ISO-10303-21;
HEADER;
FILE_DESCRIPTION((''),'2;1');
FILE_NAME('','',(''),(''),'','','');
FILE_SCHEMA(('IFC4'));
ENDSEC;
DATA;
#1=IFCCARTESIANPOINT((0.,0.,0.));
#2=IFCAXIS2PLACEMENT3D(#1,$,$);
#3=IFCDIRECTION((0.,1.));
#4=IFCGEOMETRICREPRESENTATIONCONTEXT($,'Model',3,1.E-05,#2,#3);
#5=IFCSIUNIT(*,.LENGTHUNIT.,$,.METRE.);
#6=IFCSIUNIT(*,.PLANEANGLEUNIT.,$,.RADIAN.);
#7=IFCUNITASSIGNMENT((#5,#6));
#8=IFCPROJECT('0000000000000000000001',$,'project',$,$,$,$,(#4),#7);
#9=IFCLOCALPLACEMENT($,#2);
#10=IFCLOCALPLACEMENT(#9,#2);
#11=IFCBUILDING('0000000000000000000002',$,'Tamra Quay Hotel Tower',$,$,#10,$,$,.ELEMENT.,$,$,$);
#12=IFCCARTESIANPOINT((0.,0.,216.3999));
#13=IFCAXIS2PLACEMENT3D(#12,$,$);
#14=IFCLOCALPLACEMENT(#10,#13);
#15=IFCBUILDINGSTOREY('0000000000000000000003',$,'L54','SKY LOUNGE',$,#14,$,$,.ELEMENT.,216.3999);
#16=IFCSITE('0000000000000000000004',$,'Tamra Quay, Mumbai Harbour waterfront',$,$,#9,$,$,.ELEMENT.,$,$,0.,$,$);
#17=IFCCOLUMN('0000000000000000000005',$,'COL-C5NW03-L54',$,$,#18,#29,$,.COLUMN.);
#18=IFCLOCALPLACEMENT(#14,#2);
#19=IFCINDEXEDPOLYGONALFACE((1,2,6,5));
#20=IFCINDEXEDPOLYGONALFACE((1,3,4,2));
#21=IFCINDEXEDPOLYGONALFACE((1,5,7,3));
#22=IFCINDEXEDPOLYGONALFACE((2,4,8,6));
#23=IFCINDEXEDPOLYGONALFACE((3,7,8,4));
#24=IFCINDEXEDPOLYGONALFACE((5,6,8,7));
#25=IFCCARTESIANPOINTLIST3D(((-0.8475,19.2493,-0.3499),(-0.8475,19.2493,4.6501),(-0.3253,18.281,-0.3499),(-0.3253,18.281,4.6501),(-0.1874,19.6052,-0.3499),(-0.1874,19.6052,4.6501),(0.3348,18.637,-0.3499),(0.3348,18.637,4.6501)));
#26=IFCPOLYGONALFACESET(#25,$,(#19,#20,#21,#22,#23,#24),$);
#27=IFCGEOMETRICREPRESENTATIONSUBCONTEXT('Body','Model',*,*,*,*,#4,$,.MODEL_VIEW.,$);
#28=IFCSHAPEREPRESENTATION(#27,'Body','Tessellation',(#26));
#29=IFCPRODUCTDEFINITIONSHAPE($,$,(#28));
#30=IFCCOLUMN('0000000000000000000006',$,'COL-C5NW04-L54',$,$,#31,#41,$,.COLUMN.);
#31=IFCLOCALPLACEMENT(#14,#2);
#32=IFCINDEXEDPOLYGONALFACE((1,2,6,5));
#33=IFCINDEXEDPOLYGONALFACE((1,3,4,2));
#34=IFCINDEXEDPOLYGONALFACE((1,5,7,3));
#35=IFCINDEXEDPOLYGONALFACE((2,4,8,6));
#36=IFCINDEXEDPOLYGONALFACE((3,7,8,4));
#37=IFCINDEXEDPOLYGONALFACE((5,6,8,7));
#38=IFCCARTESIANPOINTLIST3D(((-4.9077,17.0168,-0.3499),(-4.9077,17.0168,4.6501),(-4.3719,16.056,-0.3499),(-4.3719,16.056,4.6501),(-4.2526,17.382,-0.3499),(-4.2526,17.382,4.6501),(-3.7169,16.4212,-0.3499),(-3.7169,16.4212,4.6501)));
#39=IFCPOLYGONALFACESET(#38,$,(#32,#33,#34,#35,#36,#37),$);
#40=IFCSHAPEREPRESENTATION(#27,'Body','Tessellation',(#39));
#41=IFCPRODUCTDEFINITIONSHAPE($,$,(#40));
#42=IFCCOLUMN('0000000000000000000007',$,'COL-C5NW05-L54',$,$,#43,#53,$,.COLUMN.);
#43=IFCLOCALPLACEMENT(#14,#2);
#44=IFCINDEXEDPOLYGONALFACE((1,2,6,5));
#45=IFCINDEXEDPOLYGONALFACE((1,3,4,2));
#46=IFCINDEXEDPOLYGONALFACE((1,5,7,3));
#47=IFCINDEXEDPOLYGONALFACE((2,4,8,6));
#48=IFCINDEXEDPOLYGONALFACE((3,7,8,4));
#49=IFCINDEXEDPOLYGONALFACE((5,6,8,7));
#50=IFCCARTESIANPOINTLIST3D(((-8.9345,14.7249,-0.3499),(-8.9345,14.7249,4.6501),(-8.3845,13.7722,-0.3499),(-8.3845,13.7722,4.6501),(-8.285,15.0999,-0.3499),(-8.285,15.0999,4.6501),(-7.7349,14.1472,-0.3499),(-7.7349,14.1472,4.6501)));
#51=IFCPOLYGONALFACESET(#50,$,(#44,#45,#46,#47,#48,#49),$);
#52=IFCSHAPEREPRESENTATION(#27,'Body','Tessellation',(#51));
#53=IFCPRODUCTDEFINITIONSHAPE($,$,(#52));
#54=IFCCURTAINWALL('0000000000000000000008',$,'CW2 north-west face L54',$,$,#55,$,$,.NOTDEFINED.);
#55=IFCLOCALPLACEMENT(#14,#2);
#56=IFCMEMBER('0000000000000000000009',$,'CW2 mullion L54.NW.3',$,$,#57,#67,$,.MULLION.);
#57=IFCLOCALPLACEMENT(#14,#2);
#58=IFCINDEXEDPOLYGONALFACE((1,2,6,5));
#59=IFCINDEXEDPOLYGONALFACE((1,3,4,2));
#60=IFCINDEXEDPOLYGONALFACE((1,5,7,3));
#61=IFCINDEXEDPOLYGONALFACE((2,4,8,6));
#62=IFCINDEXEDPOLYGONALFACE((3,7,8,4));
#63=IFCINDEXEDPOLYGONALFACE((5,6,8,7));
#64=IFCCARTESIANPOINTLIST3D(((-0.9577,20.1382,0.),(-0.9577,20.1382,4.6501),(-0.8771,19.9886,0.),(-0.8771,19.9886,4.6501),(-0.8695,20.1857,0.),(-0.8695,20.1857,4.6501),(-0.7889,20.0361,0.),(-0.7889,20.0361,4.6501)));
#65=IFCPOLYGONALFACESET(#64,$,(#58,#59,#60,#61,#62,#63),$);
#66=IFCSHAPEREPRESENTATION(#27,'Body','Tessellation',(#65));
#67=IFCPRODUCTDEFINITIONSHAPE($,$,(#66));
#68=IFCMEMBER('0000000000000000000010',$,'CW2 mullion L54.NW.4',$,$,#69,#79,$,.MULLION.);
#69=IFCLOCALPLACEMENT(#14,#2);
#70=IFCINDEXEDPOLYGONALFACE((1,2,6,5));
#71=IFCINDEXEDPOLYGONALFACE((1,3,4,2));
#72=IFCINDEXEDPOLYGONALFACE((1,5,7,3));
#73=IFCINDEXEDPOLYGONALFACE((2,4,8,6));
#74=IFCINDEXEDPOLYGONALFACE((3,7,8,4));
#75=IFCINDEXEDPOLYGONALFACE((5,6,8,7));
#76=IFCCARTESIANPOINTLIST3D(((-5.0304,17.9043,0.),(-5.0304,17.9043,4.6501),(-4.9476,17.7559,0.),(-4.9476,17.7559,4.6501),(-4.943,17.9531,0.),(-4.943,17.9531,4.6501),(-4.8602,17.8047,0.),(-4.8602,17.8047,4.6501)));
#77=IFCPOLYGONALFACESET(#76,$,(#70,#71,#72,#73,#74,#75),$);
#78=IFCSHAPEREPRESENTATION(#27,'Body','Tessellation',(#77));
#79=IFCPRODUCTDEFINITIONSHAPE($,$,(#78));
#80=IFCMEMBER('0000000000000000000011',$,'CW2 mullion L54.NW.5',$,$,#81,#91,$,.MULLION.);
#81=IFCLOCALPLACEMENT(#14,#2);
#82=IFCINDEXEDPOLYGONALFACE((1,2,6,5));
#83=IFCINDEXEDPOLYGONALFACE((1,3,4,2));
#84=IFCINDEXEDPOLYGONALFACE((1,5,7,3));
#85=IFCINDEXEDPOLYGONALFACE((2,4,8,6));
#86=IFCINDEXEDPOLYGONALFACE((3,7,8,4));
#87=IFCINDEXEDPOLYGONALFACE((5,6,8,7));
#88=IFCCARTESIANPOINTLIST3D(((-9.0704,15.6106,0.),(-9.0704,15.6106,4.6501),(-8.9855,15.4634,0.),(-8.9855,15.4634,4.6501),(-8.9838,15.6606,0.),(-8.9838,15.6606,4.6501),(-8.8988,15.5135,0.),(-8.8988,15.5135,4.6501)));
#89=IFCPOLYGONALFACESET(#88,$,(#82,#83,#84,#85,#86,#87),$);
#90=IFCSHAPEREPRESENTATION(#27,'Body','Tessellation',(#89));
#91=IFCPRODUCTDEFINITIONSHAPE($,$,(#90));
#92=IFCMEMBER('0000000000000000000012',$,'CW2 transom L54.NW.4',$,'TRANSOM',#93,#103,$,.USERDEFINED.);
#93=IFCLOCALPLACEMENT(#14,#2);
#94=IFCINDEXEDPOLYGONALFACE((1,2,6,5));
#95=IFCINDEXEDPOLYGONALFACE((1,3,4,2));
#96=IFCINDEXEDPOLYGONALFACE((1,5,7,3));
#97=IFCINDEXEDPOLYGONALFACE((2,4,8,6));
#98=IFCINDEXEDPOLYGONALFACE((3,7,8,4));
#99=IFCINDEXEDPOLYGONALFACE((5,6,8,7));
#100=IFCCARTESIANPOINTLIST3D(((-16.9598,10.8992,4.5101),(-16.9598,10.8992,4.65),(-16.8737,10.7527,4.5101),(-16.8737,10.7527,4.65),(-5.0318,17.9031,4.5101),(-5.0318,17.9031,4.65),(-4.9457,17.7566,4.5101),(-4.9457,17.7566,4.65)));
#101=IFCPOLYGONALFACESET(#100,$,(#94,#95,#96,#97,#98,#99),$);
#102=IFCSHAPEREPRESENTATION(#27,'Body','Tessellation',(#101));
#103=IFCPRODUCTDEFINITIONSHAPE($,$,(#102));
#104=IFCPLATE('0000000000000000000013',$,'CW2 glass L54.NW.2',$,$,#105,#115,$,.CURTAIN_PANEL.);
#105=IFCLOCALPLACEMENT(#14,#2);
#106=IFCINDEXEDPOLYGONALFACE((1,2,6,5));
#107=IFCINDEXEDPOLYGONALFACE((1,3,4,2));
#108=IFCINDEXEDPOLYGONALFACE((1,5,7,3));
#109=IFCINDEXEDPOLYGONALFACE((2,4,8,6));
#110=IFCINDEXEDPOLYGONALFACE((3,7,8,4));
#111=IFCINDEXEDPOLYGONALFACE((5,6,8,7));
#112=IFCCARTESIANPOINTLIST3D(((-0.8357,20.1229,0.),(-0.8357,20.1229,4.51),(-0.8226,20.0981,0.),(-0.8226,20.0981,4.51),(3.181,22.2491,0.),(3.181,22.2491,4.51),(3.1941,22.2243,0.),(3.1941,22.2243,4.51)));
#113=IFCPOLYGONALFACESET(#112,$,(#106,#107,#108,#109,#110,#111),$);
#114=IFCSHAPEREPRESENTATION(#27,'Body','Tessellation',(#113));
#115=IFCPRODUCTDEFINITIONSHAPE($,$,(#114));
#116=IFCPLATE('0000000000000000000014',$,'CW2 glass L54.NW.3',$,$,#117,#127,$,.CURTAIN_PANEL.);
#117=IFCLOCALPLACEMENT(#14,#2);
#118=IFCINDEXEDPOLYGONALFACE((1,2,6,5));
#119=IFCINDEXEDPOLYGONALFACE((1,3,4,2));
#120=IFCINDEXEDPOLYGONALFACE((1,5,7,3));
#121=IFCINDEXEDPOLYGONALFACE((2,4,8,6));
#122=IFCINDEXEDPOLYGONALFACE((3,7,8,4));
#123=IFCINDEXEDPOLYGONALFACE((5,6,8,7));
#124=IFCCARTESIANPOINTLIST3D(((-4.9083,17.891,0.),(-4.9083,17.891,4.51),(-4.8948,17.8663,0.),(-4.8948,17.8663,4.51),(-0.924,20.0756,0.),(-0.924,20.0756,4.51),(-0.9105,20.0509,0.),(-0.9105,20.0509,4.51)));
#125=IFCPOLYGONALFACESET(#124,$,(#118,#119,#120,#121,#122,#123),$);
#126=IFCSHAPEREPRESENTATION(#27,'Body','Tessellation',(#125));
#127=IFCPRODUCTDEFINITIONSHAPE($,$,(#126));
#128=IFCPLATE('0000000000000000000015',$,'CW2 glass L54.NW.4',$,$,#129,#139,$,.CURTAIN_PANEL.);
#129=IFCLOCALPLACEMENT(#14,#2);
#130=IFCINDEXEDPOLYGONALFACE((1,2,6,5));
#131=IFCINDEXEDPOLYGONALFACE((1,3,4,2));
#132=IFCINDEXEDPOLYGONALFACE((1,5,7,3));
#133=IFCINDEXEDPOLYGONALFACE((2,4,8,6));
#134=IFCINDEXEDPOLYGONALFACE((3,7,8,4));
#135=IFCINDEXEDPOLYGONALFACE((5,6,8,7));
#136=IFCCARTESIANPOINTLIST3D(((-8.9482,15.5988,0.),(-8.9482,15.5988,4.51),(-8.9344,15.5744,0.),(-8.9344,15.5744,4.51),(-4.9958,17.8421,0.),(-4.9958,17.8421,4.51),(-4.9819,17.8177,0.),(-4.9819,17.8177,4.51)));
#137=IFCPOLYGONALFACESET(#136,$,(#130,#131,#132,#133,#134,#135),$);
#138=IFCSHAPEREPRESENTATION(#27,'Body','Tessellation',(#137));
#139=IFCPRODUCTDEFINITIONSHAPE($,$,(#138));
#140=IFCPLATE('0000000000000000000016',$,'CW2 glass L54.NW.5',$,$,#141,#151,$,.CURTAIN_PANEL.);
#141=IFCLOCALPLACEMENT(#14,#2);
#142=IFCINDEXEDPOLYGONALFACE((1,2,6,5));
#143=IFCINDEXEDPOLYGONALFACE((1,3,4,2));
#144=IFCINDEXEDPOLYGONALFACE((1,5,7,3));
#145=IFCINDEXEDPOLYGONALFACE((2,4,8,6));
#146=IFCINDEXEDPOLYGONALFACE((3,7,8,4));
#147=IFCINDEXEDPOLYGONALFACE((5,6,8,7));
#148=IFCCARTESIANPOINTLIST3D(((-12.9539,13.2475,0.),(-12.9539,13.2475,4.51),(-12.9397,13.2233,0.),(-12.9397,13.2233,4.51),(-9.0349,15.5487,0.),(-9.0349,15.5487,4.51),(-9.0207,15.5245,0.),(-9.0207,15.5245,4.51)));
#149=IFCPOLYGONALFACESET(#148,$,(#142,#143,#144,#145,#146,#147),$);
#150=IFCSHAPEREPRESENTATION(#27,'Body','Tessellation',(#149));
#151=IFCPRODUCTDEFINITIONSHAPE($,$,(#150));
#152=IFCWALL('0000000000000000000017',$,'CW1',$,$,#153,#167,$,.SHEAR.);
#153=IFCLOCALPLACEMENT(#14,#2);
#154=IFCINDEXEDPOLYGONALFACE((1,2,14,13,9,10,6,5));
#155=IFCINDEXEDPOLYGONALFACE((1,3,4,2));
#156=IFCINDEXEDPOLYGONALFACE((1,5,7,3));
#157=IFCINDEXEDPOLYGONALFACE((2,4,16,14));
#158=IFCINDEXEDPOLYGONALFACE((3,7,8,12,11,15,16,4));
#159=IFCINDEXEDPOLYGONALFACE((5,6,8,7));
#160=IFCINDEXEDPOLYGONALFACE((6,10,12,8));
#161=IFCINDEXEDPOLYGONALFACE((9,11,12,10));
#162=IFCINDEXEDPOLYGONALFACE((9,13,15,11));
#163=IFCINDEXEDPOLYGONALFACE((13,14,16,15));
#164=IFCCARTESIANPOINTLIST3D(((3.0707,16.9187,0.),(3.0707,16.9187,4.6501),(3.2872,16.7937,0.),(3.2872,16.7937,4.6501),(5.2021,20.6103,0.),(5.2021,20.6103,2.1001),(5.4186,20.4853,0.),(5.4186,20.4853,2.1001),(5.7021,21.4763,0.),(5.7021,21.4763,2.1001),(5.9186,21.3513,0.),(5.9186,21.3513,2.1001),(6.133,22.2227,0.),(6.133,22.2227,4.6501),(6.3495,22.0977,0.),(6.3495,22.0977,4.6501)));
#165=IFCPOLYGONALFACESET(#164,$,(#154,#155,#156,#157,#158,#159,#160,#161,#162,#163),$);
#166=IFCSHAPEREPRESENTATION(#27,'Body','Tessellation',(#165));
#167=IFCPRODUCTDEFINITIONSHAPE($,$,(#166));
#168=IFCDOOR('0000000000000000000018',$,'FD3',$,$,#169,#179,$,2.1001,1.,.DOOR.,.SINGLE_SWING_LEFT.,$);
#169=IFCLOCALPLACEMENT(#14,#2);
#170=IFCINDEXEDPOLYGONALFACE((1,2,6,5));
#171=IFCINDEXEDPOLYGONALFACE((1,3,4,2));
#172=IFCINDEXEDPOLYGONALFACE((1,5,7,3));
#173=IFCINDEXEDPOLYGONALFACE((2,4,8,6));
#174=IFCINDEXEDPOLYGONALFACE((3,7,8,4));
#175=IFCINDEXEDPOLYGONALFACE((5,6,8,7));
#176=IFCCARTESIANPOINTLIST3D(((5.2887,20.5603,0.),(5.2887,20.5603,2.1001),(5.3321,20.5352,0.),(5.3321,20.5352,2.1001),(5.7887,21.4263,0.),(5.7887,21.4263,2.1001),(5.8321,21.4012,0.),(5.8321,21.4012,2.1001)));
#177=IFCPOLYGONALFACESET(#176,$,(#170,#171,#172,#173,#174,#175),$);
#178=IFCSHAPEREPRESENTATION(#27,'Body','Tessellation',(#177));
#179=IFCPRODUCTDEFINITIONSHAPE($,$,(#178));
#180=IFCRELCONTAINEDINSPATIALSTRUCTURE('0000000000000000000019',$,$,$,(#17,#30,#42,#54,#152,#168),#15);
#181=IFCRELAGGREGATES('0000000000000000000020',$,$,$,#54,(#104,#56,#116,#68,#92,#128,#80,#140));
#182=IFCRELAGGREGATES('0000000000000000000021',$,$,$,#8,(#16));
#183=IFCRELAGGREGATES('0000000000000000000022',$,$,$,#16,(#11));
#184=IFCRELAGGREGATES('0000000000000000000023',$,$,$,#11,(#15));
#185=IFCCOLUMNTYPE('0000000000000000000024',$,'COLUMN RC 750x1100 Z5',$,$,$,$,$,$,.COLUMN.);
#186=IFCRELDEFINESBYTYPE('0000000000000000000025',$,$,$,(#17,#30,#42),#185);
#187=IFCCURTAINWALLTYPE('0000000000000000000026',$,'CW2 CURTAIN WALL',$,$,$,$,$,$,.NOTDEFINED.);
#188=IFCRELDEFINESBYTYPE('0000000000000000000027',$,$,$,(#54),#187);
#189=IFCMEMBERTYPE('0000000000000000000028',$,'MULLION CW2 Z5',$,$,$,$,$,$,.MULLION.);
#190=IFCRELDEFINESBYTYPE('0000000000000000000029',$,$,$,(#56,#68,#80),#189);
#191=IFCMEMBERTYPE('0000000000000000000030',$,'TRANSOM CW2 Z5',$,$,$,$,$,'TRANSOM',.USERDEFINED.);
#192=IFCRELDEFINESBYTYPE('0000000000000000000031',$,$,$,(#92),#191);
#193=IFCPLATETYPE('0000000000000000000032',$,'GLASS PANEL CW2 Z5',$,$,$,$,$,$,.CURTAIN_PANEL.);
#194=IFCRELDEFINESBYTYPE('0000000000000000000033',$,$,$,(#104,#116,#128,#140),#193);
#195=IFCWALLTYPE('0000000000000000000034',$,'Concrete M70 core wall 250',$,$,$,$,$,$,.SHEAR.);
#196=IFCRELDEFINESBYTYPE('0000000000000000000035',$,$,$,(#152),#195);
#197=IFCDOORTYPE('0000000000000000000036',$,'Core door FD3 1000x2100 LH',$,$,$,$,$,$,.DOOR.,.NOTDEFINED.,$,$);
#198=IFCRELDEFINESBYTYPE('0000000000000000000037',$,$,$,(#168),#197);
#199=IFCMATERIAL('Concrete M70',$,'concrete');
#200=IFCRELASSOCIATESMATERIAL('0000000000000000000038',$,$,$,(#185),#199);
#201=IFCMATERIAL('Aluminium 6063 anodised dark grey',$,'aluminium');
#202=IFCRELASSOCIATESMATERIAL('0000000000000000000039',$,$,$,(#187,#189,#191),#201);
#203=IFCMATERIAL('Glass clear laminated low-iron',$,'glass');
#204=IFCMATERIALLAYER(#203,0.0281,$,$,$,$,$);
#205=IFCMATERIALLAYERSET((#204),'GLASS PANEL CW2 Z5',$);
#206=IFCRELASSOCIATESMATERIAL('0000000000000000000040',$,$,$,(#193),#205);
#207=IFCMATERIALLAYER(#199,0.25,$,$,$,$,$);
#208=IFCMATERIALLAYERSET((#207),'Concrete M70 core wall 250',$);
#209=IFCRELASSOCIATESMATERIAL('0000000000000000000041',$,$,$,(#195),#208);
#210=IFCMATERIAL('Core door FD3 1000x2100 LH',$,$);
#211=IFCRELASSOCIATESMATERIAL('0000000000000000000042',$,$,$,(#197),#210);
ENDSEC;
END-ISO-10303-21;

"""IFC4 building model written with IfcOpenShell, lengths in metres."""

from ifc_helpers import new_model, si_unit, direction, frame, frame_2d, origin, origin_2d, place, context, subcontext, project, spatial, rectangle, extrude, material, layer, layer_set, material_profile, profile_set, type_object, element, fill, aggregate, save


model = new_model("IFC4")

# Units and contexts
model_context = context("Model", 3, precision=1e-05, world=origin(), true_north=direction((0.0, 1.0)))
body_context = subcontext(model_context, "Body", "Model", "MODEL_VIEW")
ifc_project = project(units=[si_unit("LENGTHUNIT", "METRE"), si_unit("PLANEANGLEUNIT", "RADIAN")], contexts=[model_context])

# Site, building, storey
site_placement = place(None, origin())
site = spatial("IfcSite", under=ifc_project, at=site_placement, Name="Tamra Quay, Mumbai Harbour waterfront", CompositionType="ELEMENT", RefElevation=0.0)
building_placement = place(site_placement, origin())
building = spatial("IfcBuilding", under=site, at=building_placement, Name="Tamra Quay Hotel Tower", CompositionType="ELEMENT")
storey_placement = place(building_placement, frame((0.0, 0.0, 216.3999)))
storey = spatial("IfcBuildingStorey", under=building, at=storey_placement, Name="L54", Description="SKY LOUNGE", CompositionType="ELEMENT", Elevation=216.3999)

# Columns
ifc_material_1 = material(Name="Concrete M70", Category="concrete")
ifc_material_profile_1 = material_profile(ifc_material_1, rectangle(XDim=1.1001, YDim=0.75, at=origin_2d()), Name="COLUMN RC 750x1100 Z5")
ifc_profile_set_1 = profile_set([ifc_material_profile_1], Name="Concrete M70")
column_type = type_object("IfcColumnType", Name="COLUMN RC 750x1100 Z5", PredefinedType="COLUMN", material=ifc_profile_set_1)
for number, where, z_axis, x_axis, name in (
    (1, (-0.2563, 18.9431, -0.3499), (0.0, 0.0, 1.0), (-0.474651, 0.880174, 0.0), "COL-C5NW03-L54"),
    (2, (-4.3123, 16.719, -0.3499), (0.0, 0.0, 1.0), (-0.486989, 0.873408, 0.0), "COL-C5NW04-L54"),
    (3, (-8.3347, 14.436, -0.3499), (0.0, 0.0, 1.0), (-0.5, 0.866025, 0.0), "COL-C5NW05-L54"),
):
    element("IfcColumn", number, at=place(storey_placement, frame(where, z_axis=z_axis, x_axis=x_axis)), inside=storey, type_object=column_type, Name=name, PredefinedType="COLUMN", context=body_context, shape_type="SweptSolid", body=[
        extrude(rectangle(XDim=1.1001, YDim=0.75, at=origin_2d()), origin(), (0.0, 0.0, 1.0), 5.0),
    ])

# Curtain wall, members, plates
ifc_material_2 = material(Name="Aluminium 6063 anodised dark grey", Category="aluminium")
curtain_wall_type = type_object("IfcCurtainWallType", Name="CW2 CURTAIN WALL", PredefinedType="NOTDEFINED", material=ifc_material_2)
curtain_wall_placement = place(storey_placement, origin())
curtain_wall = element("IfcCurtainWall", 4, at=curtain_wall_placement, inside=storey, type_object=curtain_wall_type, Name="CW2 north-west face L54", PredefinedType="NOTDEFINED")
ifc_material_profile_2 = material_profile(ifc_material_2, rectangle(XDim=0.1699, YDim=0.1001, at=origin_2d()), Name="MULLION 100X170")
ifc_profile_set_2 = profile_set([ifc_material_profile_2], Name="Aluminium 6063 anodised dark grey")
member_type_1 = type_object("IfcMemberType", Name="MULLION CW2 Z5", PredefinedType="MULLION", material=ifc_profile_set_2)
member_1_placement = place(storey_placement, frame((-0.8733, 20.0872, 0.0), z_axis=(0.0, 0.0, 1.0), x_axis=(-0.474319, 0.880353, 0.0)))
member_1 = element("IfcMember", 5, at=member_1_placement, type_object=member_type_1, Name="CW2 mullion L54.NW.3", PredefinedType="MULLION", context=body_context, shape_type="SweptSolid", body=[
    extrude(rectangle(XDim=0.1699, YDim=0.1001, at=origin_2d()), origin(), (0.0, 0.0, 1.0), 4.6501),
])
member_2_placement = place(storey_placement, frame((-4.9453, 17.8545, 0.0), z_axis=(0.0, 0.0, 1.0), x_axis=(-0.487204, 0.873288, 0.0)))
member_2 = element("IfcMember", 6, at=member_2_placement, type_object=member_type_1, Name="CW2 mullion L54.NW.4", PredefinedType="MULLION", context=body_context, shape_type="SweptSolid", body=[
    extrude(rectangle(XDim=0.1699, YDim=0.1001, at=origin_2d()), origin(), (0.0, 0.0, 1.0), 4.6501),
])
member_3_placement = place(storey_placement, frame((-8.9846, 15.562, 0.0), z_axis=(0.0, 0.0, 1.0), x_axis=(-0.5, 0.866025, 0.0)))
member_3 = element("IfcMember", 7, at=member_3_placement, type_object=member_type_1, Name="CW2 mullion L54.NW.5", PredefinedType="MULLION", context=body_context, shape_type="SweptSolid", body=[
    extrude(rectangle(XDim=0.1699, YDim=0.1001, at=origin_2d()), origin(), (0.0, 0.0, 1.0), 4.6501),
])
ifc_material_profile_3 = material_profile(ifc_material_2, rectangle(XDim=0.1699, YDim=0.1399, at=origin_2d()), Name="TRANSOM 170X140")
ifc_profile_set_3 = profile_set([ifc_material_profile_3], Name="Aluminium 6063 anodised dark grey")
member_type_2 = type_object("IfcMemberType", Name="TRANSOM CW2 Z5", ElementType="TRANSOM", PredefinedType="USERDEFINED", material=ifc_profile_set_3)
member_4_placement = place(storey_placement, frame((-4.9888, 17.8298, 4.5801), z_axis=(-0.862331, -0.506346, 0.0), x_axis=(0.506346, -0.862331, 0.0)))
member_4 = element("IfcMember", 8, at=member_4_placement, type_object=member_type_2, Name="CW2 transom L54.NW.4", ObjectType="TRANSOM", PredefinedType="USERDEFINED", context=body_context, shape_type="SweptSolid", body=[
    extrude(rectangle(XDim=0.1699, YDim=0.1399, at=origin_2d()), origin(), (0.0, 0.0, 1.0), 13.8323),
])
ifc_material_3 = material(Name="Glass clear laminated low-iron", Category="glass")
ifc_layer_1 = layer(ifc_material_3, 0.0281)
ifc_layer_set_1 = layer_set([ifc_layer_1], Name="GLASS PANEL CW2 Z5")
plate_type = type_object("IfcPlateType", Name="GLASS PANEL CW2 Z5", PredefinedType="CURTAIN_PANEL", material=ifc_layer_set_1)
plate_1_placement = place(storey_placement, frame((1.1792, 21.1736, 0.0), z_axis=(0.0, 0.0, 1.0), x_axis=(-0.883813, -0.46784, 0.0)))
plate_1 = element("IfcPlate", 9, at=plate_1_placement, type_object=plate_type, Name="CW2 glass L54.NW.2", PredefinedType="CURTAIN_PANEL", context=body_context, shape_type="SweptSolid", body=[
    extrude(rectangle(XDim=4.5447, YDim=0.0281, at=origin_2d()), origin(), (0.0, 0.0, 1.0), 4.51),
])
plate_2_placement = place(storey_placement, frame((-2.9094, 18.9709, 0.0), z_axis=(0.0, 0.0, 1.0), x_axis=(-0.876846, -0.480771, 0.0)))
plate_2 = element("IfcPlate", 10, at=plate_2_placement, type_object=plate_type, Name="CW2 glass L54.NW.3", PredefinedType="CURTAIN_PANEL", context=body_context, shape_type="SweptSolid", body=[
    extrude(rectangle(XDim=4.5439, YDim=0.0281, at=origin_2d()), origin(), (0.0, 0.0, 1.0), 4.51),
])
plate_3_placement = place(storey_placement, frame((-6.9651, 16.7083, 0.0), z_axis=(0.0, 0.0, 1.0), x_axis=(-0.869683, -0.493611, 0.0)))
plate_3 = element("IfcPlate", 11, at=plate_3_placement, type_object=plate_type, Name="CW2 glass L54.NW.4", PredefinedType="CURTAIN_PANEL", context=body_context, shape_type="SweptSolid", body=[
    extrude(rectangle(XDim=4.5447, YDim=0.0281, at=origin_2d()), origin(), (0.0, 0.0, 1.0), 4.51),
])
plate_4_placement = place(storey_placement, frame((-10.9873, 14.386, 0.0), z_axis=(0.0, 0.0, 1.0), x_axis=(-0.862321, -0.506362, 0.0)))
plate_4 = element("IfcPlate", 12, at=plate_4_placement, type_object=plate_type, Name="CW2 glass L54.NW.5", PredefinedType="CURTAIN_PANEL", context=body_context, shape_type="SweptSolid", body=[
    extrude(rectangle(XDim=4.5447, YDim=0.0281, at=origin_2d()), origin(), (0.0, 0.0, 1.0), 4.51),
])
aggregate(curtain_wall, [plate_1, member_1, plate_2, member_2, member_4, plate_3, member_3, plate_4])

# Wall, opening, door
ifc_layer_2 = layer(ifc_material_1, 0.25)
ifc_layer_set_2 = layer_set([ifc_layer_2], Name="Concrete M70 core wall 250")
wall_type_1 = type_object("IfcWallType", Name="Concrete M70 core wall 250", PredefinedType="SHEAR", material=ifc_layer_set_2)
wall_1_placement = place(storey_placement, frame((3.179, 16.8562, 0.0), z_axis=(0.0, 0.0, 1.0), x_axis=(0.500002, 0.866024, 0.0)))
wall_1 = element("IfcWall", 13, at=wall_1_placement, inside=storey, type_object=wall_type_1, Name="CW1", PredefinedType="SHEAR", context=body_context, shape_type="SweptSolid", body=[
    extrude(rectangle(XDim=6.1245, YDim=0.25, at=frame_2d((3.0623, 0.0))), origin(), (0.0, 0.0, 1.0), 4.6501),
])
opening_placement = place(wall_1_placement, frame((4.2627, 0.0, 0.0)))
opening = element("IfcOpeningElement", 14, at=opening_placement, cuts=wall_1, PredefinedType="OPENING", context=body_context, shape_type="SweptSolid", body=[
    extrude(rectangle(XDim=1.0, YDim=2.1001, at=frame_2d((0.5, 1.05))), frame((0.0, 0.135, 0.0), z_axis=(0.0, -1.0, 0.0), x_axis=(1.0, 0.0, 0.0)), (0.0, 0.0, 1.0), 0.27),
])
ifc_material_4 = material(Name="Core door FD3 1000x2100 LH")
door_type = type_object("IfcDoorType", Name="Core door FD3 1000x2100 LH", OperationType="NOTDEFINED", PredefinedType="DOOR", material=ifc_material_4)
door_placement = place(opening_placement, origin())
door = element("IfcDoor", 15, at=door_placement, inside=storey, type_object=door_type, Name="FD3", OperationType="SINGLE_SWING_LEFT", OverallHeight=2.1001, OverallWidth=1.0, PredefinedType="DOOR", context=body_context, shape_type="SweptSolid", body=[
    extrude(rectangle(XDim=1.0, YDim=2.1001, at=frame_2d((0.5, 1.05))), frame((0.0, 0.0249, 0.0), z_axis=(0.0, -1.0, 0.0), x_axis=(1.0, 0.0, 0.0)), (0.0, 0.0, 1.0), 0.05),
])
fill(opening, door)

save(model, "model.ifc")
